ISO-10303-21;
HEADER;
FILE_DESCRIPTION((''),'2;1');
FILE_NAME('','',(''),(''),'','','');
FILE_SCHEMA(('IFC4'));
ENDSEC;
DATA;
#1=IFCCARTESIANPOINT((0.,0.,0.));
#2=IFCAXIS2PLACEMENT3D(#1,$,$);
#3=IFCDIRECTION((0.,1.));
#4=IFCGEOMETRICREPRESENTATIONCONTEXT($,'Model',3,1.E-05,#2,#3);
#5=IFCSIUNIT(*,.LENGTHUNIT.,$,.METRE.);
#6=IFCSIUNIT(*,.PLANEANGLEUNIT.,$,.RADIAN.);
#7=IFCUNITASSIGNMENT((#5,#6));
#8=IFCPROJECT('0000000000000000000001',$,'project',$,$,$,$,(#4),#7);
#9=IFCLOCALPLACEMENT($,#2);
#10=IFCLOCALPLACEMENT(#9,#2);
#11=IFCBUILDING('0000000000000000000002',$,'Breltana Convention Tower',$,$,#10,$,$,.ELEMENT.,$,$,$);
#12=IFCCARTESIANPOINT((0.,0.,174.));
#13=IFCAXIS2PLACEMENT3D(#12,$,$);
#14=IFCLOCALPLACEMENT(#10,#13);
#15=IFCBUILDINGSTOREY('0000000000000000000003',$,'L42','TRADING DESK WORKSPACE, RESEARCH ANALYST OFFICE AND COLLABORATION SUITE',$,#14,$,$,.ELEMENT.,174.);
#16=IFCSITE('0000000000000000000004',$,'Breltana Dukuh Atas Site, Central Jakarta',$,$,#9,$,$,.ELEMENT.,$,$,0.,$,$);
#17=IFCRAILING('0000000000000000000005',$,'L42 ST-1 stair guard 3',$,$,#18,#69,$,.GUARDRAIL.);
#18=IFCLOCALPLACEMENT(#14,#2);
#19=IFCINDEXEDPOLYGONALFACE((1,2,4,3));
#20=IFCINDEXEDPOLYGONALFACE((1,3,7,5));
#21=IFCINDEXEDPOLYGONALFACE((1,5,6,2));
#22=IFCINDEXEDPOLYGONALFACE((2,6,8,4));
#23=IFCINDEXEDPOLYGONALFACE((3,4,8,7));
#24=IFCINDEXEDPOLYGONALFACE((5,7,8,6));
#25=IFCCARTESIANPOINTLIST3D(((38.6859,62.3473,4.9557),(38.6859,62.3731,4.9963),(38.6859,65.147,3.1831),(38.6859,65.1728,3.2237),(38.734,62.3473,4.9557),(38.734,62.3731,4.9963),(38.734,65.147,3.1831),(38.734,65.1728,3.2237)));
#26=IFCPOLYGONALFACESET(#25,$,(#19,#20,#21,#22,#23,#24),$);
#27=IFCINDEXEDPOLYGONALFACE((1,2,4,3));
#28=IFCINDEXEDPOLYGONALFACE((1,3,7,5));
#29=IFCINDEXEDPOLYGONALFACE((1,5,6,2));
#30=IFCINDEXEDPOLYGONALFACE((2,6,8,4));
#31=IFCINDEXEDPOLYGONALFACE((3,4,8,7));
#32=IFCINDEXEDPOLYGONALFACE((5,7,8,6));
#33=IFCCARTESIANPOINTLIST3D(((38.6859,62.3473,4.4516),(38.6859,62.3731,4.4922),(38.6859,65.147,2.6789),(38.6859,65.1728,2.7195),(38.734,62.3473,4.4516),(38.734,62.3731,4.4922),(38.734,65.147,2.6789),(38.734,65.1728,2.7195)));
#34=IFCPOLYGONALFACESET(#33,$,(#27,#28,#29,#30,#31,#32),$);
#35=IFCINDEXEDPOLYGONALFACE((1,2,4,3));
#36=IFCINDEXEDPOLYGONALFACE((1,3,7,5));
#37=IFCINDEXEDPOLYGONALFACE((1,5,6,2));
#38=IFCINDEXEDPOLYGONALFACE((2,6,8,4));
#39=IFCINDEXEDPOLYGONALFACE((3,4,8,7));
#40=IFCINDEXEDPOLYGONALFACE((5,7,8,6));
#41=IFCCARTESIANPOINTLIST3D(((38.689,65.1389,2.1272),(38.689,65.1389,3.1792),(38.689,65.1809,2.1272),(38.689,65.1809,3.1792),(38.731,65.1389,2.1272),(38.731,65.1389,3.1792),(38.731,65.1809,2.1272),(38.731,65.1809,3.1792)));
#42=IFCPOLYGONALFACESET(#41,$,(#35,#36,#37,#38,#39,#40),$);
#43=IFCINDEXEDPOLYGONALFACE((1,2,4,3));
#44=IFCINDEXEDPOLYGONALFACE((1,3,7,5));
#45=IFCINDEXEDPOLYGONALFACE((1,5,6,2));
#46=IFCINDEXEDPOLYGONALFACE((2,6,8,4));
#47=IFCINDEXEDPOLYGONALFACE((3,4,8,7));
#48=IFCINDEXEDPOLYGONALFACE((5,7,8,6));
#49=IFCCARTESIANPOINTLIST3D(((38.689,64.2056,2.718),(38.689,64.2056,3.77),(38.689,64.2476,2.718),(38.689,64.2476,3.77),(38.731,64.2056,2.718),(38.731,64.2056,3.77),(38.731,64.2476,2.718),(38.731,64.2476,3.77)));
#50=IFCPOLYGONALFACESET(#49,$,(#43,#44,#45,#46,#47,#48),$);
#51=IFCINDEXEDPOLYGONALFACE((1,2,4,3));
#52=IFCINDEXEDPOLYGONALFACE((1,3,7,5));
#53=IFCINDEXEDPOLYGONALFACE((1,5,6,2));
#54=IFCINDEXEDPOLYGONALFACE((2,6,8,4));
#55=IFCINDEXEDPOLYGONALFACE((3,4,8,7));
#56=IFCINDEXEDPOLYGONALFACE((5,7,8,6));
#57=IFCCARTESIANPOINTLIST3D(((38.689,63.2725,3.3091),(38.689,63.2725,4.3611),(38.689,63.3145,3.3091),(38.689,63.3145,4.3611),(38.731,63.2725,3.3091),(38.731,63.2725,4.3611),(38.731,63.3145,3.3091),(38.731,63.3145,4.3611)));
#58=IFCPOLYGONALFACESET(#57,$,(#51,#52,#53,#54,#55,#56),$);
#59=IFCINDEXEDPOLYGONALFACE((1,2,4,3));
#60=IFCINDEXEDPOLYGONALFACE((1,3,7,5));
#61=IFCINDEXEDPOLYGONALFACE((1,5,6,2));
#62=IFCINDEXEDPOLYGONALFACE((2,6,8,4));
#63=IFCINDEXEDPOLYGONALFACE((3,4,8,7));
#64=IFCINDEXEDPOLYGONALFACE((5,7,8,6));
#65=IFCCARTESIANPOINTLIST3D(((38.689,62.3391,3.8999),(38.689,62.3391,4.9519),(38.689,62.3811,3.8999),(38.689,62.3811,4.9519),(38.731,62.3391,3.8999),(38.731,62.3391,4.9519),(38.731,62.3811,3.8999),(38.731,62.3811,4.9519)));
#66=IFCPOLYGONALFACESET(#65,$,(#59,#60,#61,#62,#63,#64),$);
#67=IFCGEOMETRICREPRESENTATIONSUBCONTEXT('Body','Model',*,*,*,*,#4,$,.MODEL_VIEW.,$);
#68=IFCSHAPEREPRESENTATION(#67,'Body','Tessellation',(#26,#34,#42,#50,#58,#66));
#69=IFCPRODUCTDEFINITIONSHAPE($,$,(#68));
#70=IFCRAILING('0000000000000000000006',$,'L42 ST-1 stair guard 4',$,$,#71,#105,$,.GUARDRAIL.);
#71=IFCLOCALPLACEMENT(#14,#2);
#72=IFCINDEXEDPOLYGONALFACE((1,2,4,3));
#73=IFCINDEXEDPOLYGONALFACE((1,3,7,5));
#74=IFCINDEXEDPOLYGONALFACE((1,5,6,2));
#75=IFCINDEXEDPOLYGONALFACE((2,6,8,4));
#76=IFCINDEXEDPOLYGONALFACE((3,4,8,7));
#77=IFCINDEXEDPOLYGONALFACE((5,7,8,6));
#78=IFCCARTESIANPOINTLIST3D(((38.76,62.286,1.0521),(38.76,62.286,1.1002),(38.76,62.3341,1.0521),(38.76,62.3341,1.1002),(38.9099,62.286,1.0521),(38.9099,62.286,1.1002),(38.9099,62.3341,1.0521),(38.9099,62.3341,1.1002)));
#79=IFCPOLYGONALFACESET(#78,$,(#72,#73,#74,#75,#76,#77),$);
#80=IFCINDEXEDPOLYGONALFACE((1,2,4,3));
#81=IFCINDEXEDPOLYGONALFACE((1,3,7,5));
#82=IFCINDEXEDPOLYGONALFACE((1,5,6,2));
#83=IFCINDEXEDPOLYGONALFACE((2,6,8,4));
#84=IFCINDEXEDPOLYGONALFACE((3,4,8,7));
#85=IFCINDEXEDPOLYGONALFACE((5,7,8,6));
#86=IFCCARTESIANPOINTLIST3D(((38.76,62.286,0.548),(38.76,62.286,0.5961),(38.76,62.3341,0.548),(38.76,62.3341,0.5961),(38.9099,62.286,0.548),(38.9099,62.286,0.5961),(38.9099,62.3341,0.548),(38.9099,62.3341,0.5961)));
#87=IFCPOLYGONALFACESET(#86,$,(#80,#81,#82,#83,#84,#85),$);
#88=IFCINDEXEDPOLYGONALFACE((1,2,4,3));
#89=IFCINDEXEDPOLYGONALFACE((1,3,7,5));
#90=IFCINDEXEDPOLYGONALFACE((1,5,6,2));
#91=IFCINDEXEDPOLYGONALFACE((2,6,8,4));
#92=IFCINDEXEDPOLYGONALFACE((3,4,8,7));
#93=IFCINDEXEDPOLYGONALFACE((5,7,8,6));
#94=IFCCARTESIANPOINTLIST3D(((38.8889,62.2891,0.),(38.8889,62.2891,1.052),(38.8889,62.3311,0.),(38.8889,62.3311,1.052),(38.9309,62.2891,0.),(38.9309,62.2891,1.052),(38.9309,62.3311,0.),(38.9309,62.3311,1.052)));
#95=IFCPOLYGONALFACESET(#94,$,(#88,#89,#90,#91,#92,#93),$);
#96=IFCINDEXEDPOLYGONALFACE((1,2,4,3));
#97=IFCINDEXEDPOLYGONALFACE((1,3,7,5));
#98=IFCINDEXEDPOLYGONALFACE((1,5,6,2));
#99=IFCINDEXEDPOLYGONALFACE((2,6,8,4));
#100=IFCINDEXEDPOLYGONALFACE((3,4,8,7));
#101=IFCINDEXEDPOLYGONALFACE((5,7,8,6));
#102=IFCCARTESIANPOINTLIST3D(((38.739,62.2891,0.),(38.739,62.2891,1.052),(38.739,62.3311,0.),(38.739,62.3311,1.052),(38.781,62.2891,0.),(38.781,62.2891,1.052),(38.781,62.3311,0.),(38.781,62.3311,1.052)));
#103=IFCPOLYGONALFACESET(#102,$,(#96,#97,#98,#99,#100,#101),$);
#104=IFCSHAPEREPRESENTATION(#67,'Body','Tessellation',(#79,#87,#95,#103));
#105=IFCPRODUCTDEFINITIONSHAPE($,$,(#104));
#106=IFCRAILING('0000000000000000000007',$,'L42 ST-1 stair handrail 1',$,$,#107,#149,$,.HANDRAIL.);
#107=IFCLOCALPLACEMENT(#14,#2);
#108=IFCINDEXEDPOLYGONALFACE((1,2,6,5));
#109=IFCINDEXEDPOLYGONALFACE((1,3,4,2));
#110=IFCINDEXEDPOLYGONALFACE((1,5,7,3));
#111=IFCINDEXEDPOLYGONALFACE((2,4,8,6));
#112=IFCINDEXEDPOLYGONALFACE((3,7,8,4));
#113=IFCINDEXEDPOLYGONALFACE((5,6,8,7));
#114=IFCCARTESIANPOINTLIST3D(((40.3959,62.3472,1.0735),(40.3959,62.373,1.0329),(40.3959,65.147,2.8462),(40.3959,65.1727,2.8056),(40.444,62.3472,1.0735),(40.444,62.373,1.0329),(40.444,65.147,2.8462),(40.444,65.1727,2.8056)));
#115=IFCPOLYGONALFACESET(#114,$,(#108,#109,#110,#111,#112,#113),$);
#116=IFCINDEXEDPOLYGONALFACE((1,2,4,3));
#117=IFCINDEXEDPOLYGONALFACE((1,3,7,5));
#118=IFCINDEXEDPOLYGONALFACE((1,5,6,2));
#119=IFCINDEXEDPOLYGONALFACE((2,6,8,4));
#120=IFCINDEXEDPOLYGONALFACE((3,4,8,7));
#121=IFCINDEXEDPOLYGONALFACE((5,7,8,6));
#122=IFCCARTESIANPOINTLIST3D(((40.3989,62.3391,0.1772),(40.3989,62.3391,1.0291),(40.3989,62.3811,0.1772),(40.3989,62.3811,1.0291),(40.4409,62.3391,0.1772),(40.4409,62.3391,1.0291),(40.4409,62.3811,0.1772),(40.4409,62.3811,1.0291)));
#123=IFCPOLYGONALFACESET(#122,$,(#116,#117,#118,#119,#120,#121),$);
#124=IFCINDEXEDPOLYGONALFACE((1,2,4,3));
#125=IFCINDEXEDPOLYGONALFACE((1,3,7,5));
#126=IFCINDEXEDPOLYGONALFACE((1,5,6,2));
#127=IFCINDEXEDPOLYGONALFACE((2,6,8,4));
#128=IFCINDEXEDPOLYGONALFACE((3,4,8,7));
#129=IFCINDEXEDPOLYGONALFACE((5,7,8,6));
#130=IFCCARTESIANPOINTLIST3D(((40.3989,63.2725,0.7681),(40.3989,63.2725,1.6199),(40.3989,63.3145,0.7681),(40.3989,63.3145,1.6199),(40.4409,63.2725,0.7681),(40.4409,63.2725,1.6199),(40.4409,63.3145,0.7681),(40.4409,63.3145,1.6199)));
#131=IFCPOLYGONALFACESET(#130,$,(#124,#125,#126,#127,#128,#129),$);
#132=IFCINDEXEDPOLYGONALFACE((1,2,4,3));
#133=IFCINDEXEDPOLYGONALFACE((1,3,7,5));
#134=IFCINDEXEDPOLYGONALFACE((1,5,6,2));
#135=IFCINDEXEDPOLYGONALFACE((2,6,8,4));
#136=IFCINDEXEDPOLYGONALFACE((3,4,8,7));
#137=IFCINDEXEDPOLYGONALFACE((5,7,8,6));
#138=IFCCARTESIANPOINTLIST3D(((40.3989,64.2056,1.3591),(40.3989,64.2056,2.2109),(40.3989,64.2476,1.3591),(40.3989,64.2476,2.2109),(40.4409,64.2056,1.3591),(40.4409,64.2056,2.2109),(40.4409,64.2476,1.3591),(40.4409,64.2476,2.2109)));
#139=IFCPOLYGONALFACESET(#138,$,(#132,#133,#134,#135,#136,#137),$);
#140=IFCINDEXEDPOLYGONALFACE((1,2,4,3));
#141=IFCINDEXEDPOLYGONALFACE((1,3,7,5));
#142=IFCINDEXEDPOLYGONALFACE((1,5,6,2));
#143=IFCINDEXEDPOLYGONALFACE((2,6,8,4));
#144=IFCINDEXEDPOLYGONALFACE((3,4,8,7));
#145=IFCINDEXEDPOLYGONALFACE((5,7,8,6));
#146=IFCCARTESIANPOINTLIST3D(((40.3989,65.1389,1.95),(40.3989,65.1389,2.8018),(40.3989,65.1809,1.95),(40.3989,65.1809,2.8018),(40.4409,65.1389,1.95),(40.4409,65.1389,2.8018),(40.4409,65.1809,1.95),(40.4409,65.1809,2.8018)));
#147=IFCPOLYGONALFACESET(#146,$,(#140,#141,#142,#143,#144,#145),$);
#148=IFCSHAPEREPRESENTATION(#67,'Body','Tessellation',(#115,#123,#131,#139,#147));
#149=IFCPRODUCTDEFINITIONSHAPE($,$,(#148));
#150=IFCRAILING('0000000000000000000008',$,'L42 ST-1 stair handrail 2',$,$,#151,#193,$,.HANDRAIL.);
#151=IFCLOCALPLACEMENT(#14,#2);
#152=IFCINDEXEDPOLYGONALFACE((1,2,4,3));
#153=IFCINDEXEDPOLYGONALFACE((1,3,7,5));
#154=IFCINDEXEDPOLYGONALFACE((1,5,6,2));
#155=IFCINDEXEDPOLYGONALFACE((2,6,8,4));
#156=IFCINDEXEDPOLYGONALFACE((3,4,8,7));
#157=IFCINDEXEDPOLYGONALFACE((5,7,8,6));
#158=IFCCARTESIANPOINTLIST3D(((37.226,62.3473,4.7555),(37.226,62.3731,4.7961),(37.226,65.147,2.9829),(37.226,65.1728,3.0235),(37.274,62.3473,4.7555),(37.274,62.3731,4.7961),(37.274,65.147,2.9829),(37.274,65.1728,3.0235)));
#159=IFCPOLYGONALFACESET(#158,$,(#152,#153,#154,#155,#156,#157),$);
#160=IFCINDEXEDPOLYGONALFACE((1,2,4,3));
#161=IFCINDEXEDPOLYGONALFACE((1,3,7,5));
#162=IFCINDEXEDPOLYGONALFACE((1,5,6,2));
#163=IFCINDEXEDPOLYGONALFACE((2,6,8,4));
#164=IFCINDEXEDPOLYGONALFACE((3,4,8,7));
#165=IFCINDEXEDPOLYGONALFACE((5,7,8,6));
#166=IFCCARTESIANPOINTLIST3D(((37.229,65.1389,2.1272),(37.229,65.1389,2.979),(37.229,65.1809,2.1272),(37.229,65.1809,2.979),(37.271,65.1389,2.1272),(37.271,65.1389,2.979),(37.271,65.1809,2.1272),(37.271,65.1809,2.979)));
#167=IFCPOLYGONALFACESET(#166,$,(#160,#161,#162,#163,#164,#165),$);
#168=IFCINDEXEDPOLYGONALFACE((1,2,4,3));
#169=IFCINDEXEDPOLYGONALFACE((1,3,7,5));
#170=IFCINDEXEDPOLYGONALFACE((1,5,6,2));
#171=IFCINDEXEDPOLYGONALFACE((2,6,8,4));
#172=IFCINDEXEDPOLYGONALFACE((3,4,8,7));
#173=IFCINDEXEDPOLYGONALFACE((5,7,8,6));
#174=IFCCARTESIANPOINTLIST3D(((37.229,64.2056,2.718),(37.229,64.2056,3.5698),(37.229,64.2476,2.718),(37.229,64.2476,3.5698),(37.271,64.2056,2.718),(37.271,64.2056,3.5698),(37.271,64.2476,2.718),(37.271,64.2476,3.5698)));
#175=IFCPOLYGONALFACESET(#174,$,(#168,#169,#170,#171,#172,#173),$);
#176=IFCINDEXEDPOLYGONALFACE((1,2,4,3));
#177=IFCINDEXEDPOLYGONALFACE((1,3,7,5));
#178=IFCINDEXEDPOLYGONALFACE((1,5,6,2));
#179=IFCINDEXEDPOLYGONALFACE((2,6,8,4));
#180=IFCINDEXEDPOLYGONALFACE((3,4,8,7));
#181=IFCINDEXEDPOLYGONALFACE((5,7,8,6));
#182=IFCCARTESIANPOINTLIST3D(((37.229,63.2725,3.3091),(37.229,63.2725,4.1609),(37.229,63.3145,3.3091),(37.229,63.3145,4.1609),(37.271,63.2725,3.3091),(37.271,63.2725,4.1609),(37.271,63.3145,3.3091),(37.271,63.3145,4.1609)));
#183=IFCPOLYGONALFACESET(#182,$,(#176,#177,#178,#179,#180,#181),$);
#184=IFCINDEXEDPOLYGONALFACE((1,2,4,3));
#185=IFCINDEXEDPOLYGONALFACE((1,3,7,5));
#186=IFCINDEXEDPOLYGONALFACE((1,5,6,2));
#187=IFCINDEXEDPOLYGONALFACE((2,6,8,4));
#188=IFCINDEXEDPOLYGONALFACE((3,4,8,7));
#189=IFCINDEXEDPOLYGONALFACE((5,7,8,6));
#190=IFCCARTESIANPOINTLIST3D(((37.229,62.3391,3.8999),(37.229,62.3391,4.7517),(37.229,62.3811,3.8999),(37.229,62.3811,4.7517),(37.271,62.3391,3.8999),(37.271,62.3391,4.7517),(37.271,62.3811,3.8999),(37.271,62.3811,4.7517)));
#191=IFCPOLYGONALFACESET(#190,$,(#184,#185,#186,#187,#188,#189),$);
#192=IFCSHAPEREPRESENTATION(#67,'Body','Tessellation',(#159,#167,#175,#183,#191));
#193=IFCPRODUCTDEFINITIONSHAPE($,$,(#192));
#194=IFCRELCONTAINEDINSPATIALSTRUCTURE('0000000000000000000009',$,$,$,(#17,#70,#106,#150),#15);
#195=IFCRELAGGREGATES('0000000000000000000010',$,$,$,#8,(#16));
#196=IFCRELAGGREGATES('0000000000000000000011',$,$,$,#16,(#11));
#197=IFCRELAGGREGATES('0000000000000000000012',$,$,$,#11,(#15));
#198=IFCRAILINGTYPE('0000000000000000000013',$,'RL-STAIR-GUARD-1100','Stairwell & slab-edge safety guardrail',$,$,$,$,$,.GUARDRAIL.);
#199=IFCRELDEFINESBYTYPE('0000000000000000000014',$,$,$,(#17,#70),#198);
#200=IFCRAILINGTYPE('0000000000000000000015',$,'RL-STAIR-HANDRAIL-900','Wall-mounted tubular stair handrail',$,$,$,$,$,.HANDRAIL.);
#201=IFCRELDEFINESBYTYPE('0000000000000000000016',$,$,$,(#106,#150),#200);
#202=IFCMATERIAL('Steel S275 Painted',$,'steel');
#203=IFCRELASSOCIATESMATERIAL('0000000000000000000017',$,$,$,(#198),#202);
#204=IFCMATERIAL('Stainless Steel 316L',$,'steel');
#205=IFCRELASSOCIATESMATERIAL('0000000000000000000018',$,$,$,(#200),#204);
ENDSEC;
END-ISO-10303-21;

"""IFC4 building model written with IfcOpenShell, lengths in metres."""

from ifc_helpers import new_model, si_unit, direction, frame, origin, origin_2d, place, context, subcontext, project, spatial, rectangle, extrude, material, type_object, element, save


model = new_model("IFC4")

# Units and contexts
model_context = context("Model", 3, precision=1e-05, world=origin(), true_north=direction((0.0, 1.0)))
body_context = subcontext(model_context, "Body", "Model", "MODEL_VIEW")
ifc_project = project(units=[si_unit("LENGTHUNIT", "METRE"), si_unit("PLANEANGLEUNIT", "RADIAN")], contexts=[model_context])

# Site, building, storey
site_placement = place(None, origin())
site = spatial("IfcSite", under=ifc_project, at=site_placement, Name="Breltana Dukuh Atas Site, Central Jakarta", CompositionType="ELEMENT", RefElevation=0.0)
building_placement = place(site_placement, origin())
building = spatial("IfcBuilding", under=site, at=building_placement, Name="Breltana Convention Tower", CompositionType="ELEMENT")
storey_placement = place(building_placement, frame((0.0, 0.0, 174.0)))
storey = spatial("IfcBuildingStorey", under=building, at=storey_placement, Name="L42", Description="TRADING DESK WORKSPACE, RESEARCH ANALYST OFFICE AND COLLABORATION SUITE", CompositionType="ELEMENT", Elevation=174.0)

# Railings
ifc_material_1 = material(Name="Steel S275 Painted", Category="steel")
railing_type_1 = type_object("IfcRailingType", Name="RL-STAIR-GUARD-1100", Description="Stairwell & slab-edge safety guardrail", PredefinedType="GUARDRAIL", material=ifc_material_1)
railing_1_placement = place(storey_placement, frame((38.71, 65.1599, 2.1272)))
element("IfcRailing", 1, at=railing_1_placement, inside=storey, type_object=railing_type_1, Name="L42 ST-1 stair guard 3", PredefinedType="GUARDRAIL", context=body_context, shape_type="SweptSolid", body=[
    extrude(rectangle(XDim=0.0481, YDim=0.0481, at=origin_2d()), frame((0.0, 0.0, 1.0762), z_axis=(0.0, -0.844888, 0.534943), x_axis=(1.0, 0.0, 0.0)), (0.0, 0.0, 1.0), 3.3137),
    extrude(rectangle(XDim=0.0481, YDim=0.0481, at=origin_2d()), frame((0.0, 0.0, 0.572), z_axis=(0.0, -0.844888, 0.534943), x_axis=(1.0, 0.0, 0.0)), (0.0, 0.0, 1.0), 3.3137),
    extrude(rectangle(XDim=0.042, YDim=0.042, at=origin_2d()), origin(), (0.0, 0.0, 1.0), 1.052),
    extrude(rectangle(XDim=0.042, YDim=0.042, at=origin_2d()), frame((0.0, -0.9333, 0.5908)), (0.0, 0.0, 1.0), 1.052),
    extrude(rectangle(XDim=0.042, YDim=0.042, at=origin_2d()), frame((0.0, -1.8665, 1.1819)), (0.0, 0.0, 1.0), 1.052),
    extrude(rectangle(XDim=0.042, YDim=0.042, at=origin_2d()), frame((0.0, -2.7998, 1.7727)), (0.0, 0.0, 1.0), 1.052),
])
railing_2_placement = place(storey_placement, frame((38.9099, 62.3101, 0.0)))
element("IfcRailing", 2, at=railing_2_placement, inside=storey, type_object=railing_type_1, Name="L42 ST-1 stair guard 4", PredefinedType="GUARDRAIL", context=body_context, shape_type="SweptSolid", body=[
    extrude(rectangle(XDim=0.0481, YDim=0.0481, at=origin_2d()), frame((0.0, 0.0, 1.0762), z_axis=(-1.0, 0.0, 0.0), x_axis=(0.0, -1.0, 0.0)), (0.0, 0.0, 1.0), 0.1499),
    extrude(rectangle(XDim=0.0481, YDim=0.0481, at=origin_2d()), frame((0.0, 0.0, 0.572), z_axis=(-1.0, 0.0, 0.0), x_axis=(0.0, -1.0, 0.0)), (0.0, 0.0, 1.0), 0.1499),
    extrude(rectangle(XDim=0.042, YDim=0.042, at=origin_2d()), origin(), (0.0, 0.0, 1.0), 1.052),
    extrude(rectangle(XDim=0.042, YDim=0.042, at=origin_2d()), frame((-0.1499, 0.0, 0.0)), (0.0, 0.0, 1.0), 1.052),
])
ifc_material_2 = material(Name="Stainless Steel 316L", Category="steel")
railing_type_2 = type_object("IfcRailingType", Name="RL-STAIR-HANDRAIL-900", Description="Wall-mounted tubular stair handrail", PredefinedType="HANDRAIL", material=ifc_material_2)
railing_3_placement = place(storey_placement, frame((40.4199, 62.3601, 0.1772)))
element("IfcRailing", 3, at=railing_3_placement, inside=storey, type_object=railing_type_2, Name="L42 ST-1 stair handrail 1", PredefinedType="HANDRAIL", context=body_context, shape_type="SweptSolid", body=[
    extrude(rectangle(XDim=0.0481, YDim=0.0481, at=origin_2d()), frame((0.0, 0.0, 0.876), z_axis=(0.0, 0.844888, 0.534943), x_axis=(-1.0, 0.0, 0.0)), (0.0, 0.0, 1.0), 3.3137),
    extrude(rectangle(XDim=0.042, YDim=0.042, at=origin_2d()), origin(), (0.0, 0.0, 1.0), 0.8518),
    extrude(rectangle(XDim=0.042, YDim=0.042, at=origin_2d()), frame((0.0, 0.9333, 0.5908)), (0.0, 0.0, 1.0), 0.8518),
    extrude(rectangle(XDim=0.042, YDim=0.042, at=origin_2d()), frame((0.0, 1.8665, 1.1819)), (0.0, 0.0, 1.0), 0.8518),
    extrude(rectangle(XDim=0.042, YDim=0.042, at=origin_2d()), frame((0.0, 2.7998, 1.7727)), (0.0, 0.0, 1.0), 0.8518),
])
railing_4_placement = place(storey_placement, frame((37.25, 65.1599, 2.1272)))
element("IfcRailing", 4, at=railing_4_placement, inside=storey, type_object=railing_type_2, Name="L42 ST-1 stair handrail 2", PredefinedType="HANDRAIL", context=body_context, shape_type="SweptSolid", body=[
    extrude(rectangle(XDim=0.0481, YDim=0.0481, at=origin_2d()), frame((0.0, 0.0, 0.876), z_axis=(0.0, -0.844888, 0.534943), x_axis=(1.0, 0.0, 0.0)), (0.0, 0.0, 1.0), 3.3137),
    extrude(rectangle(XDim=0.042, YDim=0.042, at=origin_2d()), origin(), (0.0, 0.0, 1.0), 0.8518),
    extrude(rectangle(XDim=0.042, YDim=0.042, at=origin_2d()), frame((0.0, -0.9333, 0.5908)), (0.0, 0.0, 1.0), 0.8518),
    extrude(rectangle(XDim=0.042, YDim=0.042, at=origin_2d()), frame((0.0, -1.8665, 1.1819)), (0.0, 0.0, 1.0), 0.8518),
    extrude(rectangle(XDim=0.042, YDim=0.042, at=origin_2d()), frame((0.0, -2.7998, 1.7727)), (0.0, 0.0, 1.0), 0.8518),
])

save(model, "model.ifc")
